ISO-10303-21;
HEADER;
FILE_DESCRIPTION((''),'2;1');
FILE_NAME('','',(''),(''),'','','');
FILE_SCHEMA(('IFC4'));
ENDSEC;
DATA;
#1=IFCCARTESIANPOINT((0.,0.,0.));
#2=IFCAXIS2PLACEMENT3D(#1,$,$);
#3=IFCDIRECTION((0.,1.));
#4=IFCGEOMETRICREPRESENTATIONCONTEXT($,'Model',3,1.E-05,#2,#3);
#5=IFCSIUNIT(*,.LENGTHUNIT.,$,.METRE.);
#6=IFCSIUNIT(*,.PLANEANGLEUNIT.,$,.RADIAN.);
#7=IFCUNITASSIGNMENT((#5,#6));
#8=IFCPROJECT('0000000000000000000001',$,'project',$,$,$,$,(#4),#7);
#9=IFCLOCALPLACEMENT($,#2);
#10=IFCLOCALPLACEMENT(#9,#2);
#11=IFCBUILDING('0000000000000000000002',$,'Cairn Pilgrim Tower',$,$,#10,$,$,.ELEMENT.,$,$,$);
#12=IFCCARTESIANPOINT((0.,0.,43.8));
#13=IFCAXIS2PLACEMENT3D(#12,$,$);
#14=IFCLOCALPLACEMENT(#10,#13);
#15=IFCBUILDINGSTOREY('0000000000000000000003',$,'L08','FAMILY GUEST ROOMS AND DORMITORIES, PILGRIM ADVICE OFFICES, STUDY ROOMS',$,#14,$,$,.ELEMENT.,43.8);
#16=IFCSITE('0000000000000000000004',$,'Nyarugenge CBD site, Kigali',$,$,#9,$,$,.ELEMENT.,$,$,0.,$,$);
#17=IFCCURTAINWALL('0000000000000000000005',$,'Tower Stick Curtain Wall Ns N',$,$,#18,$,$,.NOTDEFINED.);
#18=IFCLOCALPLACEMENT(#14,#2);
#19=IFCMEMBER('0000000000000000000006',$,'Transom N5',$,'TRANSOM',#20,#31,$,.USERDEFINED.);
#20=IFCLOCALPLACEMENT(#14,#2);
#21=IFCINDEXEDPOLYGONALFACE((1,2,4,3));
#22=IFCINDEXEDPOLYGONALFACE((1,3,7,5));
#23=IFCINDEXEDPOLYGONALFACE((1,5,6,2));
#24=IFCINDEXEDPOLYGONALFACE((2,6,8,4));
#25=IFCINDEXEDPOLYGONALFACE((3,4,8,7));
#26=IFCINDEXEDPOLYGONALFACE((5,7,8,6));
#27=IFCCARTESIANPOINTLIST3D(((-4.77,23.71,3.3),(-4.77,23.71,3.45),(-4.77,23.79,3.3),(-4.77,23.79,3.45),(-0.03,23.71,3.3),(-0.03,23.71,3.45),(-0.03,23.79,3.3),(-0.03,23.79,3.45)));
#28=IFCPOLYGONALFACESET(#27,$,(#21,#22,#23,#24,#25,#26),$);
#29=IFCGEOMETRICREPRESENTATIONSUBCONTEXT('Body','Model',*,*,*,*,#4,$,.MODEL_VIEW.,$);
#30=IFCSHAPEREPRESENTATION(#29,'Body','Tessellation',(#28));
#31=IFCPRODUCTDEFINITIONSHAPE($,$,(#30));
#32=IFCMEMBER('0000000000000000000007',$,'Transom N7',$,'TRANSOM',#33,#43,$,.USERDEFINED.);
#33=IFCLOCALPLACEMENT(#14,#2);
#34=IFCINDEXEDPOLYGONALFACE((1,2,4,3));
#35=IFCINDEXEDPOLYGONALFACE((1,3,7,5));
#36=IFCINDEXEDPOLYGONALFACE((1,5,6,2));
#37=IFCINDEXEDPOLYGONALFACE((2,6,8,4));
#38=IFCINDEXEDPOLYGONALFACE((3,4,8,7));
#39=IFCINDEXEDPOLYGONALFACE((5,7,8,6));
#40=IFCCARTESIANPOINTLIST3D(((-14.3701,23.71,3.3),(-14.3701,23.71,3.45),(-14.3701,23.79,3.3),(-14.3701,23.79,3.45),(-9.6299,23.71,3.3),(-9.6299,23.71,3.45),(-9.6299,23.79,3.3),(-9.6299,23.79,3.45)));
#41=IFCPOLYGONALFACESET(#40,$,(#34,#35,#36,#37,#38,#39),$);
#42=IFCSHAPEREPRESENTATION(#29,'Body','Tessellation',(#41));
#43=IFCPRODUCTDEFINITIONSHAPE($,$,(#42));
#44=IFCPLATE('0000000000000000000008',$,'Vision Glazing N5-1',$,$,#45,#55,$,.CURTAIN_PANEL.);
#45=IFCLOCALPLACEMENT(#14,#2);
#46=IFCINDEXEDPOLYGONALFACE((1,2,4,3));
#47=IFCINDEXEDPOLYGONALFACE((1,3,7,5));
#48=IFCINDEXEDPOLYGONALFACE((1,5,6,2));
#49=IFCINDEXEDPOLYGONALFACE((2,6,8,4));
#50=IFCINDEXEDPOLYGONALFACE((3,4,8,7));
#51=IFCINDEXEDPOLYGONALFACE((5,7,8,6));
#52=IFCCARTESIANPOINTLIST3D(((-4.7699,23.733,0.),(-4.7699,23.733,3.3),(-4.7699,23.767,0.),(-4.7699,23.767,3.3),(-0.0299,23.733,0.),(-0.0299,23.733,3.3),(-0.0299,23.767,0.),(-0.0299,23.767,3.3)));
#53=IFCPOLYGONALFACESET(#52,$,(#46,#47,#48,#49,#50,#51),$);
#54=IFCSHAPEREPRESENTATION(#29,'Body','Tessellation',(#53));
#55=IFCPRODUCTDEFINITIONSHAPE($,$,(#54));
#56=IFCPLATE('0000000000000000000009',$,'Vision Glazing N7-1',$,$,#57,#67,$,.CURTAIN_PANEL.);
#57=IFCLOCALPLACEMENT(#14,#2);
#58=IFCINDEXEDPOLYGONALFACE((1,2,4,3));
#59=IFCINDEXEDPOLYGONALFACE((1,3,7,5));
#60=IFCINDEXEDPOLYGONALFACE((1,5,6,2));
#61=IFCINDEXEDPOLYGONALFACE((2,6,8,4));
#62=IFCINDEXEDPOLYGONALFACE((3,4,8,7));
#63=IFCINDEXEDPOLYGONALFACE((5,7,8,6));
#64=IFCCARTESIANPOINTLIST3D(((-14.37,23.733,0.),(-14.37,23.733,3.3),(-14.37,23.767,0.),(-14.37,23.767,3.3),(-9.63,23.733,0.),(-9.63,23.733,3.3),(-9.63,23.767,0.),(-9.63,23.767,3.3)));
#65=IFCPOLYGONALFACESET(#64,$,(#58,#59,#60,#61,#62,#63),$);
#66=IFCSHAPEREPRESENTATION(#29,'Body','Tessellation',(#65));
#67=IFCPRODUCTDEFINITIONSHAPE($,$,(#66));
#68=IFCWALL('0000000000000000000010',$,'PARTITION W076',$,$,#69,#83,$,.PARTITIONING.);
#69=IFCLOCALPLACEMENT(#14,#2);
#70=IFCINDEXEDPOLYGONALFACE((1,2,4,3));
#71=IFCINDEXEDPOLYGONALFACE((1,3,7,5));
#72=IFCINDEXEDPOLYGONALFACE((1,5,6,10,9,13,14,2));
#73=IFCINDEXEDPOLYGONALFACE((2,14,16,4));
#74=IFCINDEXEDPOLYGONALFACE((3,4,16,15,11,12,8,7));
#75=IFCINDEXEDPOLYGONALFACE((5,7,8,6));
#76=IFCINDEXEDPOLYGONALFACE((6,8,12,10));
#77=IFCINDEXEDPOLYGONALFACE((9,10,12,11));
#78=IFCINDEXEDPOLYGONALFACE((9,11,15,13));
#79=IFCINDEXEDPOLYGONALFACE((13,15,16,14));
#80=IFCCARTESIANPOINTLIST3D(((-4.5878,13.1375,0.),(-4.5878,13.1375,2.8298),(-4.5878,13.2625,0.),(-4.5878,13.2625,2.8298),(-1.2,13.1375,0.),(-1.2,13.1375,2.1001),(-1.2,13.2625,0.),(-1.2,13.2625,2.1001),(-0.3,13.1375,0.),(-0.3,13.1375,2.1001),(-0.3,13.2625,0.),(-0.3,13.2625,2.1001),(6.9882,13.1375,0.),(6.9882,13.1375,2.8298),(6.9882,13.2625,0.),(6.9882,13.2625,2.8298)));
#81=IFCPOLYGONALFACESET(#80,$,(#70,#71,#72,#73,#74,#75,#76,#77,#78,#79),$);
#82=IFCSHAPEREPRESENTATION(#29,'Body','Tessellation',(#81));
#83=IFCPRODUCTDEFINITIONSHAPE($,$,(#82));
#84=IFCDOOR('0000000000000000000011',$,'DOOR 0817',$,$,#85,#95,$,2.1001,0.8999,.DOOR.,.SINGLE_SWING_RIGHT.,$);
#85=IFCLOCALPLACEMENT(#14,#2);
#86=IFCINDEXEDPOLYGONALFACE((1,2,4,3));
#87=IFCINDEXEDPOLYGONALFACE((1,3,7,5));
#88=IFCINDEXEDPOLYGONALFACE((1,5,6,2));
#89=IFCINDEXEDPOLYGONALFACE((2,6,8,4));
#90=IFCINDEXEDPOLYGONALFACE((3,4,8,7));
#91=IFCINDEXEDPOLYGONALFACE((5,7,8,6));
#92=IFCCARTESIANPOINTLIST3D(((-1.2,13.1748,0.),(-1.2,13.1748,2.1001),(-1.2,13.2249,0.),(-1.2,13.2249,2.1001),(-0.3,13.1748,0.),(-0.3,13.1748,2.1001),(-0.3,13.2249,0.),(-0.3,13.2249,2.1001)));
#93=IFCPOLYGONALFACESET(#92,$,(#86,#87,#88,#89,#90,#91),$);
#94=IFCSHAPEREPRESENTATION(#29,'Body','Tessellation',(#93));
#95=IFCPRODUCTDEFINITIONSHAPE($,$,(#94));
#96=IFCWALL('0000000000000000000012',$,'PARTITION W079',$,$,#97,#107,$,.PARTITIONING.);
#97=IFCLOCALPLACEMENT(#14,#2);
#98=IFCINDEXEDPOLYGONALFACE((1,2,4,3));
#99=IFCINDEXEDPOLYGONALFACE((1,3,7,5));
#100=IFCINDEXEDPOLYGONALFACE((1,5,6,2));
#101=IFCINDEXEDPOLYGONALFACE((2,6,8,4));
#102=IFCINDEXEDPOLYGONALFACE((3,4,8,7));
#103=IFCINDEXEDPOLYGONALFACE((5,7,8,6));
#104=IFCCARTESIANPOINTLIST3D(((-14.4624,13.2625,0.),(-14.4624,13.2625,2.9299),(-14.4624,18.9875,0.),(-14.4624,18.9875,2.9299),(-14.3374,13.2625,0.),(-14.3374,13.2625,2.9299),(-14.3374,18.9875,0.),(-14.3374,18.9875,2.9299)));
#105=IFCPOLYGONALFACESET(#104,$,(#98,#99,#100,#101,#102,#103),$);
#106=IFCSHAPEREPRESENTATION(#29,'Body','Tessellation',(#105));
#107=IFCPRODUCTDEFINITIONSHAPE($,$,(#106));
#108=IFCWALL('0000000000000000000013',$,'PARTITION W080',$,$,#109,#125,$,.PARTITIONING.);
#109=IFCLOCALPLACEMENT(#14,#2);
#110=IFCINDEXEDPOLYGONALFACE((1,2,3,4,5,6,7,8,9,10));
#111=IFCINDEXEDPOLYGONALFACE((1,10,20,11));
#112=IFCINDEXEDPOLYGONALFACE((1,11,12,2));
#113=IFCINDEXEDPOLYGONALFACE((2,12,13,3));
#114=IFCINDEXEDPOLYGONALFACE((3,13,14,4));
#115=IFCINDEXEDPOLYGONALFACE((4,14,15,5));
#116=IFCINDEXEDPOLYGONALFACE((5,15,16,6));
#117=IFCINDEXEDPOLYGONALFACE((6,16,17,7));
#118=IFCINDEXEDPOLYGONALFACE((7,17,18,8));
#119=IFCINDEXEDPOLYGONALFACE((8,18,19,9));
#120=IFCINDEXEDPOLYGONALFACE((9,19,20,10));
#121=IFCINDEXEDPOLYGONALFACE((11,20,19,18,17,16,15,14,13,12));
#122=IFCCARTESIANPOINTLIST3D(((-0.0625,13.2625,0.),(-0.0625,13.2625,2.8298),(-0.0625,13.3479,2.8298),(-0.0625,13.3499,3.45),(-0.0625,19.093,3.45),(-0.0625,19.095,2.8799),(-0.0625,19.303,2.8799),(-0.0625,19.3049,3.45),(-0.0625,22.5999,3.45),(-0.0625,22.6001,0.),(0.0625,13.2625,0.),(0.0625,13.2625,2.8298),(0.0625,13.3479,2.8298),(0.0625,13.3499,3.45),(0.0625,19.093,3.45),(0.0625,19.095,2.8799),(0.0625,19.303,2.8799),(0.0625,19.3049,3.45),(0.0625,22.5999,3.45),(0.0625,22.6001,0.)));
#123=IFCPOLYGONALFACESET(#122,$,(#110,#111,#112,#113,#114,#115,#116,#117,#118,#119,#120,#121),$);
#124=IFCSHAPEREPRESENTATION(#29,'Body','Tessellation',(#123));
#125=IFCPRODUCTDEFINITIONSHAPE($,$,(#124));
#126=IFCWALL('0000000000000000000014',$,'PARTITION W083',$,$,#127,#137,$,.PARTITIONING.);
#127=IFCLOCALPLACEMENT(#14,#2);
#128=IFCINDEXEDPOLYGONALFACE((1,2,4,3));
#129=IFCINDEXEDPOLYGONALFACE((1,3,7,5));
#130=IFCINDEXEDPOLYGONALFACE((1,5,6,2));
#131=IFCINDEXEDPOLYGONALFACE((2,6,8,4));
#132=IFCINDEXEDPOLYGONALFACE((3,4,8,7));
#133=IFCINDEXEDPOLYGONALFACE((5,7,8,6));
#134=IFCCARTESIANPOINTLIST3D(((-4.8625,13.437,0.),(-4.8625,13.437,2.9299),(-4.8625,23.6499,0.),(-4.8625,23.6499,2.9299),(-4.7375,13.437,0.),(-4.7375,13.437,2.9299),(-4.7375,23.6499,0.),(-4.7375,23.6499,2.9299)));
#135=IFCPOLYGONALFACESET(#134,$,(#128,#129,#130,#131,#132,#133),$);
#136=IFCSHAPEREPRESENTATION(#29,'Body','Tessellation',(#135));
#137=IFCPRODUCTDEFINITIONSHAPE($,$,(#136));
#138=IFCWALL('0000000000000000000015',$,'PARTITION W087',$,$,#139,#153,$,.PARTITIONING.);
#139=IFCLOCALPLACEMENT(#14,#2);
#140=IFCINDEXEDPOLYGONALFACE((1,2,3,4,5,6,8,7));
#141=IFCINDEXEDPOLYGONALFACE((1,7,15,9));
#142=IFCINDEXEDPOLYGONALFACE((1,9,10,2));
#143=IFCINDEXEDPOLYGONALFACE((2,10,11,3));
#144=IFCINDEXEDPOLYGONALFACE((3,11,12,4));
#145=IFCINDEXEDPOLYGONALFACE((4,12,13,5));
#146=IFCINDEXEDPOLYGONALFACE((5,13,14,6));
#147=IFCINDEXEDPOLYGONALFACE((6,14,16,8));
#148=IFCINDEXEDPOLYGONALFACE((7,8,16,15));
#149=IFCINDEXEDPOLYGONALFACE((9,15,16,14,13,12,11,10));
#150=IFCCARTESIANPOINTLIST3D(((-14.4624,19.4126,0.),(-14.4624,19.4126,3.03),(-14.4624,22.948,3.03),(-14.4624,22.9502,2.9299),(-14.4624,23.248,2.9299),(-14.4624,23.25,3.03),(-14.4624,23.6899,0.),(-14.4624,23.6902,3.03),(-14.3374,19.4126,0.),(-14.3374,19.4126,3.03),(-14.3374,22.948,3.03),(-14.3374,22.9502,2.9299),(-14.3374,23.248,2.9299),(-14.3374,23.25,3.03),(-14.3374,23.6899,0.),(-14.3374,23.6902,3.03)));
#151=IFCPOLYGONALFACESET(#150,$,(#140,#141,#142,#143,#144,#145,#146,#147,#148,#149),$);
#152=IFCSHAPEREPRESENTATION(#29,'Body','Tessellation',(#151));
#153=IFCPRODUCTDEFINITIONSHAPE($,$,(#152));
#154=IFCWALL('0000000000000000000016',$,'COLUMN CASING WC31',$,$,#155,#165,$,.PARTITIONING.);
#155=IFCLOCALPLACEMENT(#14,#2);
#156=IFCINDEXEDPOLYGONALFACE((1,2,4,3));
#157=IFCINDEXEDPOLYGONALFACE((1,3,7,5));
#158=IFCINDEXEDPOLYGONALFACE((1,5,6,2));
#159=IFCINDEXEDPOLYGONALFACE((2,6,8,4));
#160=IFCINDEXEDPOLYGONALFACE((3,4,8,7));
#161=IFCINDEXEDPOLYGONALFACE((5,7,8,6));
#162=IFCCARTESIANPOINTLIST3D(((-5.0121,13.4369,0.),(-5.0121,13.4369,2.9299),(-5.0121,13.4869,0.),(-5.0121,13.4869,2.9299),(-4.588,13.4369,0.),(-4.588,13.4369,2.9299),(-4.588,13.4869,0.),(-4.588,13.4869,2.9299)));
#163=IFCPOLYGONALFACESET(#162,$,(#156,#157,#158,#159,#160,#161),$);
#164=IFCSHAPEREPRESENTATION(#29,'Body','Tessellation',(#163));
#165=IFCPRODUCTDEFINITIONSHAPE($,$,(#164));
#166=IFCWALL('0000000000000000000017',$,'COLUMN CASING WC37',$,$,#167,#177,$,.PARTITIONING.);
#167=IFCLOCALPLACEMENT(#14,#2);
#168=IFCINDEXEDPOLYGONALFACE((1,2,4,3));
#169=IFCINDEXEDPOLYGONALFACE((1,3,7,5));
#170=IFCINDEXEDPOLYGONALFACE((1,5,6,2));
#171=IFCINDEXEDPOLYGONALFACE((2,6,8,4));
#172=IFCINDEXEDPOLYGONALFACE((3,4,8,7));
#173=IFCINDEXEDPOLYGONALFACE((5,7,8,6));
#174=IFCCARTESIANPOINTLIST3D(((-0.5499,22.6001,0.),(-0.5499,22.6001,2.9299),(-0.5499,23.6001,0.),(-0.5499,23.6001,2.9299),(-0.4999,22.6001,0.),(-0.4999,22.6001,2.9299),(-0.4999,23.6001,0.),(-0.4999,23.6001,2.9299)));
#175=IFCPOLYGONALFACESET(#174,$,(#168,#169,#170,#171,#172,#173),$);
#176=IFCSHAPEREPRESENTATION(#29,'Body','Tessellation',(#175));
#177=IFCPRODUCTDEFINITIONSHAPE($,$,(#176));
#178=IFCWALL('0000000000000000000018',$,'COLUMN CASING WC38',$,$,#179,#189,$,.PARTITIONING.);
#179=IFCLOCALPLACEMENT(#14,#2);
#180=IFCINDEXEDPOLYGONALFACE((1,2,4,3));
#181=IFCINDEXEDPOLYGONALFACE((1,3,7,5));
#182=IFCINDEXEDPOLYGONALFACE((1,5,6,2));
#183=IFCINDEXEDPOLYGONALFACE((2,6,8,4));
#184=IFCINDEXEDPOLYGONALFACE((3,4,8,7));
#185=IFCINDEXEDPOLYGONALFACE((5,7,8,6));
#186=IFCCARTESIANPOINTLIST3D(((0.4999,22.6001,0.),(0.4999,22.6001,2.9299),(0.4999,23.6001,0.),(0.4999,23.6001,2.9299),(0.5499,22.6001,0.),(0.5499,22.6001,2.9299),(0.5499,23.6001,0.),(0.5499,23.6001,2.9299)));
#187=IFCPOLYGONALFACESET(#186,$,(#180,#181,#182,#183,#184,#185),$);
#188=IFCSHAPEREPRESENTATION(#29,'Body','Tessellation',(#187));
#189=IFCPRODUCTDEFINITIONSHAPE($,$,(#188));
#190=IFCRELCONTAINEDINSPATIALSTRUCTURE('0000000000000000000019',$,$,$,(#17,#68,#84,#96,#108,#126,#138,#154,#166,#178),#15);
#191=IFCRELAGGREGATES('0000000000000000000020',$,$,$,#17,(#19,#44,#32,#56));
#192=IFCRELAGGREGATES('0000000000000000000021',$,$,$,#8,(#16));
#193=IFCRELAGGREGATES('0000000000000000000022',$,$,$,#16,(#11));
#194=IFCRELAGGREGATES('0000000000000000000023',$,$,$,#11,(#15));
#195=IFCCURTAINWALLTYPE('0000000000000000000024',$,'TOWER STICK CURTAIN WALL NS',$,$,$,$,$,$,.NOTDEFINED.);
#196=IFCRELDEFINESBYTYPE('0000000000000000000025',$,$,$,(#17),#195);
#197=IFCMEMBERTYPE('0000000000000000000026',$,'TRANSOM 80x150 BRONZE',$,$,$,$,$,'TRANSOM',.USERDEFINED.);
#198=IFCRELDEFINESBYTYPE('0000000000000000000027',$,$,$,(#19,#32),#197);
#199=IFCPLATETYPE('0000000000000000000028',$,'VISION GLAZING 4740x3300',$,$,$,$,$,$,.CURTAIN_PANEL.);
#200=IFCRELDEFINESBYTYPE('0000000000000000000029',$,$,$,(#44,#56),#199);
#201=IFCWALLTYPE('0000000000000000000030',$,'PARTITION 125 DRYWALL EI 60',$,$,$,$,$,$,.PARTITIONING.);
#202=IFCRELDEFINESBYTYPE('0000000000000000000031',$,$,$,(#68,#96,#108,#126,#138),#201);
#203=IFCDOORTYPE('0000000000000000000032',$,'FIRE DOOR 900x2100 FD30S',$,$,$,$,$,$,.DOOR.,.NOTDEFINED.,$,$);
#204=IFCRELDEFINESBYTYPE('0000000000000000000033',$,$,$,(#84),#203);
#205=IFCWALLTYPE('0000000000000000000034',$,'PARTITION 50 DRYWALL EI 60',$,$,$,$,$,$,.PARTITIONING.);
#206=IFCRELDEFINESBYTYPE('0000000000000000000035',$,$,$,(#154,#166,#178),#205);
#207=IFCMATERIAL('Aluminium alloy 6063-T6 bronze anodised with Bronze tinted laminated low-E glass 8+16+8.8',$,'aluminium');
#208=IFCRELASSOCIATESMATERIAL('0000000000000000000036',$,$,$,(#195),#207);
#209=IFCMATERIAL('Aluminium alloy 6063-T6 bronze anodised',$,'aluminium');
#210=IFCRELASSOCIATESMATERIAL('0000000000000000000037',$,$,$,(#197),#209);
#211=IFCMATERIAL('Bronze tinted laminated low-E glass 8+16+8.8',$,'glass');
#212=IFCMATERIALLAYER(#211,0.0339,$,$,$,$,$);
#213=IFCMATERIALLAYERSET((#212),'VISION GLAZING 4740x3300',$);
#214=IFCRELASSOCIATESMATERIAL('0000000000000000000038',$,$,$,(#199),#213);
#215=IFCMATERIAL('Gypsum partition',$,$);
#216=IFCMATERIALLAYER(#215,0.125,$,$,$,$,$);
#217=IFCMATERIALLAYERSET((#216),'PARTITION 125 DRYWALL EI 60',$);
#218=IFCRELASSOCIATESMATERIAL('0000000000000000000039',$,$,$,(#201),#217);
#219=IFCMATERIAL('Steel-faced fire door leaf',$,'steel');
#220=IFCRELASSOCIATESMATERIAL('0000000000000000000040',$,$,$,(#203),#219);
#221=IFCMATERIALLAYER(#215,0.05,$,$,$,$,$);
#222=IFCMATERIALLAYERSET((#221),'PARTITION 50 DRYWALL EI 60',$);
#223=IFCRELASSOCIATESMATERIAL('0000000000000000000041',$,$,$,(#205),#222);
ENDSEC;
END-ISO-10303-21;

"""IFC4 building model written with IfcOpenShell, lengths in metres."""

from ifc_helpers import new_model, si_unit, direction, frame, frame_2d, origin, origin_2d, place, context, subcontext, project, spatial, polyline, rectangle, outline, extrude, material, layer, layer_set, material_profile, profile_set, type_object, element, fill, aggregate, save


model = new_model("IFC4")

# Units and contexts
model_context = context("Model", 3, precision=1e-05, world=origin(), true_north=direction((0.0, 1.0)))
body_context = subcontext(model_context, "Body", "Model", "MODEL_VIEW")
ifc_project = project(units=[si_unit("LENGTHUNIT", "METRE"), si_unit("PLANEANGLEUNIT", "RADIAN")], contexts=[model_context])

# Site, building, storey
site_placement = place(None, origin())
site = spatial("IfcSite", under=ifc_project, at=site_placement, Name="Nyarugenge CBD site, Kigali", CompositionType="ELEMENT", RefElevation=0.0)
building_placement = place(site_placement, origin())
building = spatial("IfcBuilding", under=site, at=building_placement, Name="Cairn Pilgrim Tower", CompositionType="ELEMENT")
storey_placement = place(building_placement, frame((0.0, 0.0, 43.8)))
storey = spatial("IfcBuildingStorey", under=building, at=storey_placement, Name="L08", Description="FAMILY GUEST ROOMS AND DORMITORIES, PILGRIM ADVICE OFFICES, STUDY ROOMS", CompositionType="ELEMENT", Elevation=43.8)

# Curtain wall
ifc_material_1 = material(Name="Aluminium alloy 6063-T6 bronze anodised with Bronze tinted laminated low-E glass 8+16+8.8", Category="aluminium")
curtain_wall_type = type_object("IfcCurtainWallType", Name="TOWER STICK CURTAIN WALL NS", PredefinedType="NOTDEFINED", material=ifc_material_1)
curtain_wall_placement = place(storey_placement, origin())
curtain_wall = element("IfcCurtainWall", 1, at=curtain_wall_placement, inside=storey, type_object=curtain_wall_type, Name="Tower Stick Curtain Wall Ns N", PredefinedType="NOTDEFINED")
ifc_material_2 = material(Name="Aluminium alloy 6063-T6 bronze anodised", Category="aluminium")

# Members
ifc_material_profile_1 = material_profile(ifc_material_2, rectangle(XDim=0.0801, YDim=0.1499, at=origin_2d()), Name="TRANSOM 80x150 BRONZE")
ifc_profile_set_1 = profile_set([ifc_material_profile_1], Name="Aluminium alloy 6063-T6 bronze anodised")
member_type_1 = type_object("IfcMemberType", Name="TRANSOM 80x150 BRONZE", ElementType="TRANSOM", PredefinedType="USERDEFINED", material=ifc_profile_set_1)
member_1_placement = place(storey_placement, frame((-0.03, 23.75, 3.375), z_axis=(-1.0, 0.0, 0.0), x_axis=(0.0, -1.0, 0.0)))
member_1 = element("IfcMember", 2, at=member_1_placement, type_object=member_type_1, Name="Transom N5", ObjectType="TRANSOM", PredefinedType="USERDEFINED", context=body_context, shape_type="SweptSolid", body=[
    extrude(rectangle(XDim=0.0801, YDim=0.1499, at=origin_2d()), origin(), (0.0, 0.0, 1.0), 4.74),
])
member_2_placement = place(storey_placement, frame((-9.6299, 23.75, 3.375), z_axis=(-1.0, 0.0, 0.0), x_axis=(0.0, -1.0, 0.0)))
member_2 = element("IfcMember", 3, at=member_2_placement, type_object=member_type_1, Name="Transom N7", ObjectType="TRANSOM", PredefinedType="USERDEFINED", context=body_context, shape_type="SweptSolid", body=[
    extrude(rectangle(XDim=0.0801, YDim=0.1499, at=origin_2d()), origin(), (0.0, 0.0, 1.0), 4.7402),
])

# Plates
ifc_material_3 = material(Name="Bronze tinted laminated low-E glass 8+16+8.8", Category="glass")
ifc_layer_1 = layer(ifc_material_3, 0.0339)
ifc_layer_set_1 = layer_set([ifc_layer_1], Name="VISION GLAZING 4740x3300")
plate_type = type_object("IfcPlateType", Name="VISION GLAZING 4740x3300", PredefinedType="CURTAIN_PANEL", material=ifc_layer_set_1)
plate_1_placement = place(storey_placement, frame((-2.3999, 23.75, 0.0), z_axis=(0.0, 0.0, 1.0), x_axis=(-1.0, 0.0, 0.0)))
plate_1 = element("IfcPlate", 4, at=plate_1_placement, type_object=plate_type, Name="Vision Glazing N5-1", PredefinedType="CURTAIN_PANEL", context=body_context, shape_type="SweptSolid", body=[
    extrude(rectangle(XDim=4.74, YDim=0.0339, at=origin_2d()), origin(), (0.0, 0.0, 1.0), 3.3),
])
plate_2_placement = place(storey_placement, frame((-12.0, 23.75, 0.0), z_axis=(0.0, 0.0, 1.0), x_axis=(-1.0, 0.0, 0.0)))
plate_2 = element("IfcPlate", 5, at=plate_2_placement, type_object=plate_type, Name="Vision Glazing N7-1", PredefinedType="CURTAIN_PANEL", context=body_context, shape_type="SweptSolid", body=[
    extrude(rectangle(XDim=4.74, YDim=0.0339, at=origin_2d()), origin(), (0.0, 0.0, 1.0), 3.3),
])
aggregate(curtain_wall, [member_1, plate_1, member_2, plate_2])

# Wall, opening, door
ifc_material_4 = material(Name="Gypsum partition")
ifc_layer_2 = layer(ifc_material_4, 0.125)
ifc_layer_set_2 = layer_set([ifc_layer_2], Name="PARTITION 125 DRYWALL EI 60")
wall_type_1 = type_object("IfcWallType", Name="PARTITION 125 DRYWALL EI 60", PredefinedType="PARTITIONING", material=ifc_layer_set_2)
wall_1_placement = place(storey_placement, frame((-4.5879, 13.2, 0.0), z_axis=(0.0, 0.0, 1.0), x_axis=(1.0, 0.0, 0.0)))
wall_1 = element("IfcWall", 6, at=wall_1_placement, inside=storey, type_object=wall_type_1, Name="PARTITION W076", PredefinedType="PARTITIONING", context=body_context, shape_type="SweptSolid", body=[
    extrude(rectangle(XDim=11.5759, YDim=0.125, at=frame_2d((5.7881, 0.0))), origin(), (0.0, 0.0, 1.0), 2.8298),
])
opening_1_placement = place(wall_1_placement, frame((3.3879, 0.0, 0.0)))
opening_1 = element("IfcOpeningElement", 7, at=opening_1_placement, cuts=wall_1, PredefinedType="OPENING", context=body_context, shape_type="SweptSolid", body=[
    extrude(rectangle(XDim=0.8999, YDim=2.1001, at=frame_2d((0.45, 1.05))), frame((0.0, 0.0725, 0.0), z_axis=(0.0, -1.0, 0.0), x_axis=(1.0, 0.0, 0.0)), (0.0, 0.0, 1.0), 0.145),
])
ifc_material_5 = material(Name="Steel-faced fire door leaf", Category="steel")
door_type_1 = type_object("IfcDoorType", Name="FIRE DOOR 900x2100 FD30S", OperationType="NOTDEFINED", PredefinedType="DOOR", material=ifc_material_5)
door_1_placement = place(opening_1_placement, origin())
door_1 = element("IfcDoor", 8, at=door_1_placement, inside=storey, type_object=door_type_1, Name="DOOR 0817", OperationType="SINGLE_SWING_RIGHT", OverallHeight=2.1001, OverallWidth=0.8999, PredefinedType="DOOR", context=body_context, shape_type="SweptSolid", body=[
    extrude(rectangle(XDim=0.8999, YDim=2.1001, at=frame_2d((0.45, 1.05))), frame((0.0, 0.0249, 0.0), z_axis=(0.0, -1.0, 0.0), x_axis=(1.0, 0.0, 0.0)), (0.0, 0.0, 1.0), 0.05),
])
fill(opening_1, door_1)

# Walls
wall_2_placement = place(storey_placement, frame((-14.3999, 13.2625, 0.0), z_axis=(0.0, 0.0, 1.0), x_axis=(0.0, 1.0, 0.0)))
element("IfcWall", 9, at=wall_2_placement, inside=storey, type_object=wall_type_1, Name="PARTITION W079", PredefinedType="PARTITIONING", context=body_context, shape_type="SweptSolid", body=[
    extrude(rectangle(XDim=5.7251, YDim=0.125, at=frame_2d((2.8625, 0.0))), origin(), (0.0, 0.0, 1.0), 2.9299),
])
wall_3_placement = place(storey_placement, frame((0.0, 13.2625, 0.0), z_axis=(0.0, 0.0, 1.0), x_axis=(0.0, 1.0, 0.0)))
element("IfcWall", 10, at=wall_3_placement, inside=storey, type_object=wall_type_1, Name="PARTITION W080", PredefinedType="PARTITIONING", context=body_context, shape_type="SweptSolid", body=[
    extrude(outline(polyline([(0.0, 0.0), (9.3376, 0.0), (9.3374, 3.45), (6.0425, 3.45), (6.0405, 2.8799), (5.8325, 2.8799), (5.8306, 3.45), (0.0874, 3.45), (0.0854, 2.8298), (0.0, 2.8298), (0.0, 0.0)])), frame((0.0, 0.0625, 0.0), z_axis=(0.0, -1.0, 0.0), x_axis=(1.0, 0.0, 0.0)), (0.0, 0.0, 1.0), 0.125),
])
wall_4_placement = place(storey_placement, frame((-4.8, 13.437, 0.0), z_axis=(0.0, 0.0, 1.0), x_axis=(0.0, 1.0, 0.0)))
element("IfcWall", 11, at=wall_4_placement, inside=storey, type_object=wall_type_1, Name="PARTITION W083", PredefinedType="PARTITIONING", context=body_context, shape_type="SweptSolid", body=[
    extrude(rectangle(XDim=10.2129, YDim=0.125, at=frame_2d((5.1064, 0.0))), origin(), (0.0, 0.0, 1.0), 2.9299),
])
wall_5_placement = place(storey_placement, frame((-14.3999, 19.4126, 0.0), z_axis=(0.0, 0.0, 1.0), x_axis=(0.0, 1.0, 0.0)))
element("IfcWall", 12, at=wall_5_placement, inside=storey, type_object=wall_type_1, Name="PARTITION W087", PredefinedType="PARTITIONING", context=body_context, shape_type="SweptSolid", body=[
    extrude(outline(polyline([(0.0, 0.0), (4.2773, 0.0), (4.2776, 3.03), (3.8374, 3.03), (3.8354, 2.9299), (3.5376, 2.9299), (3.5354, 3.03), (0.0, 3.03), (0.0, 0.0)])), frame((0.0, 0.0625, 0.0), z_axis=(0.0, -1.0, 0.0), x_axis=(1.0, 0.0, 0.0)), (0.0, 0.0, 1.0), 0.125),
])
ifc_layer_3 = layer(ifc_material_4, 0.05)
ifc_layer_set_3 = layer_set([ifc_layer_3], Name="PARTITION 50 DRYWALL EI 60")
wall_type_2 = type_object("IfcWallType", Name="PARTITION 50 DRYWALL EI 60", PredefinedType="PARTITIONING", material=ifc_layer_set_3)
wall_6_placement = place(storey_placement, frame((-5.012, 13.4619, 0.0), z_axis=(0.0, 0.0, 1.0), x_axis=(1.0, 0.0, 0.0)))
element("IfcWall", 13, at=wall_6_placement, inside=storey, type_object=wall_type_2, Name="COLUMN CASING WC31", PredefinedType="PARTITIONING", context=body_context, shape_type="SweptSolid", body=[
    extrude(rectangle(XDim=0.4241, YDim=0.05, at=frame_2d((0.2119, 0.0))), origin(), (0.0, 0.0, 1.0), 2.9299),
])
for number, where, z_axis, x_axis, name in (
    (14, (-0.5249, 22.6001, 0.0), (0.0, 0.0, 1.0), (0.0, 1.0, 0.0), "COLUMN CASING WC37"),
    (15, (0.5249, 22.6001, 0.0), (0.0, 0.0, 1.0), (0.0, 1.0, 0.0), "COLUMN CASING WC38"),
):
    element("IfcWall", number, at=place(storey_placement, frame(where, z_axis=z_axis, x_axis=x_axis)), inside=storey, type_object=wall_type_2, Name=name, PredefinedType="PARTITIONING", context=body_context, shape_type="SweptSolid", body=[
        extrude(rectangle(XDim=1.0, YDim=0.05, at=frame_2d((0.5, 0.0))), origin(), (0.0, 0.0, 1.0), 2.9299),
    ])

save(model, "model.ifc")
